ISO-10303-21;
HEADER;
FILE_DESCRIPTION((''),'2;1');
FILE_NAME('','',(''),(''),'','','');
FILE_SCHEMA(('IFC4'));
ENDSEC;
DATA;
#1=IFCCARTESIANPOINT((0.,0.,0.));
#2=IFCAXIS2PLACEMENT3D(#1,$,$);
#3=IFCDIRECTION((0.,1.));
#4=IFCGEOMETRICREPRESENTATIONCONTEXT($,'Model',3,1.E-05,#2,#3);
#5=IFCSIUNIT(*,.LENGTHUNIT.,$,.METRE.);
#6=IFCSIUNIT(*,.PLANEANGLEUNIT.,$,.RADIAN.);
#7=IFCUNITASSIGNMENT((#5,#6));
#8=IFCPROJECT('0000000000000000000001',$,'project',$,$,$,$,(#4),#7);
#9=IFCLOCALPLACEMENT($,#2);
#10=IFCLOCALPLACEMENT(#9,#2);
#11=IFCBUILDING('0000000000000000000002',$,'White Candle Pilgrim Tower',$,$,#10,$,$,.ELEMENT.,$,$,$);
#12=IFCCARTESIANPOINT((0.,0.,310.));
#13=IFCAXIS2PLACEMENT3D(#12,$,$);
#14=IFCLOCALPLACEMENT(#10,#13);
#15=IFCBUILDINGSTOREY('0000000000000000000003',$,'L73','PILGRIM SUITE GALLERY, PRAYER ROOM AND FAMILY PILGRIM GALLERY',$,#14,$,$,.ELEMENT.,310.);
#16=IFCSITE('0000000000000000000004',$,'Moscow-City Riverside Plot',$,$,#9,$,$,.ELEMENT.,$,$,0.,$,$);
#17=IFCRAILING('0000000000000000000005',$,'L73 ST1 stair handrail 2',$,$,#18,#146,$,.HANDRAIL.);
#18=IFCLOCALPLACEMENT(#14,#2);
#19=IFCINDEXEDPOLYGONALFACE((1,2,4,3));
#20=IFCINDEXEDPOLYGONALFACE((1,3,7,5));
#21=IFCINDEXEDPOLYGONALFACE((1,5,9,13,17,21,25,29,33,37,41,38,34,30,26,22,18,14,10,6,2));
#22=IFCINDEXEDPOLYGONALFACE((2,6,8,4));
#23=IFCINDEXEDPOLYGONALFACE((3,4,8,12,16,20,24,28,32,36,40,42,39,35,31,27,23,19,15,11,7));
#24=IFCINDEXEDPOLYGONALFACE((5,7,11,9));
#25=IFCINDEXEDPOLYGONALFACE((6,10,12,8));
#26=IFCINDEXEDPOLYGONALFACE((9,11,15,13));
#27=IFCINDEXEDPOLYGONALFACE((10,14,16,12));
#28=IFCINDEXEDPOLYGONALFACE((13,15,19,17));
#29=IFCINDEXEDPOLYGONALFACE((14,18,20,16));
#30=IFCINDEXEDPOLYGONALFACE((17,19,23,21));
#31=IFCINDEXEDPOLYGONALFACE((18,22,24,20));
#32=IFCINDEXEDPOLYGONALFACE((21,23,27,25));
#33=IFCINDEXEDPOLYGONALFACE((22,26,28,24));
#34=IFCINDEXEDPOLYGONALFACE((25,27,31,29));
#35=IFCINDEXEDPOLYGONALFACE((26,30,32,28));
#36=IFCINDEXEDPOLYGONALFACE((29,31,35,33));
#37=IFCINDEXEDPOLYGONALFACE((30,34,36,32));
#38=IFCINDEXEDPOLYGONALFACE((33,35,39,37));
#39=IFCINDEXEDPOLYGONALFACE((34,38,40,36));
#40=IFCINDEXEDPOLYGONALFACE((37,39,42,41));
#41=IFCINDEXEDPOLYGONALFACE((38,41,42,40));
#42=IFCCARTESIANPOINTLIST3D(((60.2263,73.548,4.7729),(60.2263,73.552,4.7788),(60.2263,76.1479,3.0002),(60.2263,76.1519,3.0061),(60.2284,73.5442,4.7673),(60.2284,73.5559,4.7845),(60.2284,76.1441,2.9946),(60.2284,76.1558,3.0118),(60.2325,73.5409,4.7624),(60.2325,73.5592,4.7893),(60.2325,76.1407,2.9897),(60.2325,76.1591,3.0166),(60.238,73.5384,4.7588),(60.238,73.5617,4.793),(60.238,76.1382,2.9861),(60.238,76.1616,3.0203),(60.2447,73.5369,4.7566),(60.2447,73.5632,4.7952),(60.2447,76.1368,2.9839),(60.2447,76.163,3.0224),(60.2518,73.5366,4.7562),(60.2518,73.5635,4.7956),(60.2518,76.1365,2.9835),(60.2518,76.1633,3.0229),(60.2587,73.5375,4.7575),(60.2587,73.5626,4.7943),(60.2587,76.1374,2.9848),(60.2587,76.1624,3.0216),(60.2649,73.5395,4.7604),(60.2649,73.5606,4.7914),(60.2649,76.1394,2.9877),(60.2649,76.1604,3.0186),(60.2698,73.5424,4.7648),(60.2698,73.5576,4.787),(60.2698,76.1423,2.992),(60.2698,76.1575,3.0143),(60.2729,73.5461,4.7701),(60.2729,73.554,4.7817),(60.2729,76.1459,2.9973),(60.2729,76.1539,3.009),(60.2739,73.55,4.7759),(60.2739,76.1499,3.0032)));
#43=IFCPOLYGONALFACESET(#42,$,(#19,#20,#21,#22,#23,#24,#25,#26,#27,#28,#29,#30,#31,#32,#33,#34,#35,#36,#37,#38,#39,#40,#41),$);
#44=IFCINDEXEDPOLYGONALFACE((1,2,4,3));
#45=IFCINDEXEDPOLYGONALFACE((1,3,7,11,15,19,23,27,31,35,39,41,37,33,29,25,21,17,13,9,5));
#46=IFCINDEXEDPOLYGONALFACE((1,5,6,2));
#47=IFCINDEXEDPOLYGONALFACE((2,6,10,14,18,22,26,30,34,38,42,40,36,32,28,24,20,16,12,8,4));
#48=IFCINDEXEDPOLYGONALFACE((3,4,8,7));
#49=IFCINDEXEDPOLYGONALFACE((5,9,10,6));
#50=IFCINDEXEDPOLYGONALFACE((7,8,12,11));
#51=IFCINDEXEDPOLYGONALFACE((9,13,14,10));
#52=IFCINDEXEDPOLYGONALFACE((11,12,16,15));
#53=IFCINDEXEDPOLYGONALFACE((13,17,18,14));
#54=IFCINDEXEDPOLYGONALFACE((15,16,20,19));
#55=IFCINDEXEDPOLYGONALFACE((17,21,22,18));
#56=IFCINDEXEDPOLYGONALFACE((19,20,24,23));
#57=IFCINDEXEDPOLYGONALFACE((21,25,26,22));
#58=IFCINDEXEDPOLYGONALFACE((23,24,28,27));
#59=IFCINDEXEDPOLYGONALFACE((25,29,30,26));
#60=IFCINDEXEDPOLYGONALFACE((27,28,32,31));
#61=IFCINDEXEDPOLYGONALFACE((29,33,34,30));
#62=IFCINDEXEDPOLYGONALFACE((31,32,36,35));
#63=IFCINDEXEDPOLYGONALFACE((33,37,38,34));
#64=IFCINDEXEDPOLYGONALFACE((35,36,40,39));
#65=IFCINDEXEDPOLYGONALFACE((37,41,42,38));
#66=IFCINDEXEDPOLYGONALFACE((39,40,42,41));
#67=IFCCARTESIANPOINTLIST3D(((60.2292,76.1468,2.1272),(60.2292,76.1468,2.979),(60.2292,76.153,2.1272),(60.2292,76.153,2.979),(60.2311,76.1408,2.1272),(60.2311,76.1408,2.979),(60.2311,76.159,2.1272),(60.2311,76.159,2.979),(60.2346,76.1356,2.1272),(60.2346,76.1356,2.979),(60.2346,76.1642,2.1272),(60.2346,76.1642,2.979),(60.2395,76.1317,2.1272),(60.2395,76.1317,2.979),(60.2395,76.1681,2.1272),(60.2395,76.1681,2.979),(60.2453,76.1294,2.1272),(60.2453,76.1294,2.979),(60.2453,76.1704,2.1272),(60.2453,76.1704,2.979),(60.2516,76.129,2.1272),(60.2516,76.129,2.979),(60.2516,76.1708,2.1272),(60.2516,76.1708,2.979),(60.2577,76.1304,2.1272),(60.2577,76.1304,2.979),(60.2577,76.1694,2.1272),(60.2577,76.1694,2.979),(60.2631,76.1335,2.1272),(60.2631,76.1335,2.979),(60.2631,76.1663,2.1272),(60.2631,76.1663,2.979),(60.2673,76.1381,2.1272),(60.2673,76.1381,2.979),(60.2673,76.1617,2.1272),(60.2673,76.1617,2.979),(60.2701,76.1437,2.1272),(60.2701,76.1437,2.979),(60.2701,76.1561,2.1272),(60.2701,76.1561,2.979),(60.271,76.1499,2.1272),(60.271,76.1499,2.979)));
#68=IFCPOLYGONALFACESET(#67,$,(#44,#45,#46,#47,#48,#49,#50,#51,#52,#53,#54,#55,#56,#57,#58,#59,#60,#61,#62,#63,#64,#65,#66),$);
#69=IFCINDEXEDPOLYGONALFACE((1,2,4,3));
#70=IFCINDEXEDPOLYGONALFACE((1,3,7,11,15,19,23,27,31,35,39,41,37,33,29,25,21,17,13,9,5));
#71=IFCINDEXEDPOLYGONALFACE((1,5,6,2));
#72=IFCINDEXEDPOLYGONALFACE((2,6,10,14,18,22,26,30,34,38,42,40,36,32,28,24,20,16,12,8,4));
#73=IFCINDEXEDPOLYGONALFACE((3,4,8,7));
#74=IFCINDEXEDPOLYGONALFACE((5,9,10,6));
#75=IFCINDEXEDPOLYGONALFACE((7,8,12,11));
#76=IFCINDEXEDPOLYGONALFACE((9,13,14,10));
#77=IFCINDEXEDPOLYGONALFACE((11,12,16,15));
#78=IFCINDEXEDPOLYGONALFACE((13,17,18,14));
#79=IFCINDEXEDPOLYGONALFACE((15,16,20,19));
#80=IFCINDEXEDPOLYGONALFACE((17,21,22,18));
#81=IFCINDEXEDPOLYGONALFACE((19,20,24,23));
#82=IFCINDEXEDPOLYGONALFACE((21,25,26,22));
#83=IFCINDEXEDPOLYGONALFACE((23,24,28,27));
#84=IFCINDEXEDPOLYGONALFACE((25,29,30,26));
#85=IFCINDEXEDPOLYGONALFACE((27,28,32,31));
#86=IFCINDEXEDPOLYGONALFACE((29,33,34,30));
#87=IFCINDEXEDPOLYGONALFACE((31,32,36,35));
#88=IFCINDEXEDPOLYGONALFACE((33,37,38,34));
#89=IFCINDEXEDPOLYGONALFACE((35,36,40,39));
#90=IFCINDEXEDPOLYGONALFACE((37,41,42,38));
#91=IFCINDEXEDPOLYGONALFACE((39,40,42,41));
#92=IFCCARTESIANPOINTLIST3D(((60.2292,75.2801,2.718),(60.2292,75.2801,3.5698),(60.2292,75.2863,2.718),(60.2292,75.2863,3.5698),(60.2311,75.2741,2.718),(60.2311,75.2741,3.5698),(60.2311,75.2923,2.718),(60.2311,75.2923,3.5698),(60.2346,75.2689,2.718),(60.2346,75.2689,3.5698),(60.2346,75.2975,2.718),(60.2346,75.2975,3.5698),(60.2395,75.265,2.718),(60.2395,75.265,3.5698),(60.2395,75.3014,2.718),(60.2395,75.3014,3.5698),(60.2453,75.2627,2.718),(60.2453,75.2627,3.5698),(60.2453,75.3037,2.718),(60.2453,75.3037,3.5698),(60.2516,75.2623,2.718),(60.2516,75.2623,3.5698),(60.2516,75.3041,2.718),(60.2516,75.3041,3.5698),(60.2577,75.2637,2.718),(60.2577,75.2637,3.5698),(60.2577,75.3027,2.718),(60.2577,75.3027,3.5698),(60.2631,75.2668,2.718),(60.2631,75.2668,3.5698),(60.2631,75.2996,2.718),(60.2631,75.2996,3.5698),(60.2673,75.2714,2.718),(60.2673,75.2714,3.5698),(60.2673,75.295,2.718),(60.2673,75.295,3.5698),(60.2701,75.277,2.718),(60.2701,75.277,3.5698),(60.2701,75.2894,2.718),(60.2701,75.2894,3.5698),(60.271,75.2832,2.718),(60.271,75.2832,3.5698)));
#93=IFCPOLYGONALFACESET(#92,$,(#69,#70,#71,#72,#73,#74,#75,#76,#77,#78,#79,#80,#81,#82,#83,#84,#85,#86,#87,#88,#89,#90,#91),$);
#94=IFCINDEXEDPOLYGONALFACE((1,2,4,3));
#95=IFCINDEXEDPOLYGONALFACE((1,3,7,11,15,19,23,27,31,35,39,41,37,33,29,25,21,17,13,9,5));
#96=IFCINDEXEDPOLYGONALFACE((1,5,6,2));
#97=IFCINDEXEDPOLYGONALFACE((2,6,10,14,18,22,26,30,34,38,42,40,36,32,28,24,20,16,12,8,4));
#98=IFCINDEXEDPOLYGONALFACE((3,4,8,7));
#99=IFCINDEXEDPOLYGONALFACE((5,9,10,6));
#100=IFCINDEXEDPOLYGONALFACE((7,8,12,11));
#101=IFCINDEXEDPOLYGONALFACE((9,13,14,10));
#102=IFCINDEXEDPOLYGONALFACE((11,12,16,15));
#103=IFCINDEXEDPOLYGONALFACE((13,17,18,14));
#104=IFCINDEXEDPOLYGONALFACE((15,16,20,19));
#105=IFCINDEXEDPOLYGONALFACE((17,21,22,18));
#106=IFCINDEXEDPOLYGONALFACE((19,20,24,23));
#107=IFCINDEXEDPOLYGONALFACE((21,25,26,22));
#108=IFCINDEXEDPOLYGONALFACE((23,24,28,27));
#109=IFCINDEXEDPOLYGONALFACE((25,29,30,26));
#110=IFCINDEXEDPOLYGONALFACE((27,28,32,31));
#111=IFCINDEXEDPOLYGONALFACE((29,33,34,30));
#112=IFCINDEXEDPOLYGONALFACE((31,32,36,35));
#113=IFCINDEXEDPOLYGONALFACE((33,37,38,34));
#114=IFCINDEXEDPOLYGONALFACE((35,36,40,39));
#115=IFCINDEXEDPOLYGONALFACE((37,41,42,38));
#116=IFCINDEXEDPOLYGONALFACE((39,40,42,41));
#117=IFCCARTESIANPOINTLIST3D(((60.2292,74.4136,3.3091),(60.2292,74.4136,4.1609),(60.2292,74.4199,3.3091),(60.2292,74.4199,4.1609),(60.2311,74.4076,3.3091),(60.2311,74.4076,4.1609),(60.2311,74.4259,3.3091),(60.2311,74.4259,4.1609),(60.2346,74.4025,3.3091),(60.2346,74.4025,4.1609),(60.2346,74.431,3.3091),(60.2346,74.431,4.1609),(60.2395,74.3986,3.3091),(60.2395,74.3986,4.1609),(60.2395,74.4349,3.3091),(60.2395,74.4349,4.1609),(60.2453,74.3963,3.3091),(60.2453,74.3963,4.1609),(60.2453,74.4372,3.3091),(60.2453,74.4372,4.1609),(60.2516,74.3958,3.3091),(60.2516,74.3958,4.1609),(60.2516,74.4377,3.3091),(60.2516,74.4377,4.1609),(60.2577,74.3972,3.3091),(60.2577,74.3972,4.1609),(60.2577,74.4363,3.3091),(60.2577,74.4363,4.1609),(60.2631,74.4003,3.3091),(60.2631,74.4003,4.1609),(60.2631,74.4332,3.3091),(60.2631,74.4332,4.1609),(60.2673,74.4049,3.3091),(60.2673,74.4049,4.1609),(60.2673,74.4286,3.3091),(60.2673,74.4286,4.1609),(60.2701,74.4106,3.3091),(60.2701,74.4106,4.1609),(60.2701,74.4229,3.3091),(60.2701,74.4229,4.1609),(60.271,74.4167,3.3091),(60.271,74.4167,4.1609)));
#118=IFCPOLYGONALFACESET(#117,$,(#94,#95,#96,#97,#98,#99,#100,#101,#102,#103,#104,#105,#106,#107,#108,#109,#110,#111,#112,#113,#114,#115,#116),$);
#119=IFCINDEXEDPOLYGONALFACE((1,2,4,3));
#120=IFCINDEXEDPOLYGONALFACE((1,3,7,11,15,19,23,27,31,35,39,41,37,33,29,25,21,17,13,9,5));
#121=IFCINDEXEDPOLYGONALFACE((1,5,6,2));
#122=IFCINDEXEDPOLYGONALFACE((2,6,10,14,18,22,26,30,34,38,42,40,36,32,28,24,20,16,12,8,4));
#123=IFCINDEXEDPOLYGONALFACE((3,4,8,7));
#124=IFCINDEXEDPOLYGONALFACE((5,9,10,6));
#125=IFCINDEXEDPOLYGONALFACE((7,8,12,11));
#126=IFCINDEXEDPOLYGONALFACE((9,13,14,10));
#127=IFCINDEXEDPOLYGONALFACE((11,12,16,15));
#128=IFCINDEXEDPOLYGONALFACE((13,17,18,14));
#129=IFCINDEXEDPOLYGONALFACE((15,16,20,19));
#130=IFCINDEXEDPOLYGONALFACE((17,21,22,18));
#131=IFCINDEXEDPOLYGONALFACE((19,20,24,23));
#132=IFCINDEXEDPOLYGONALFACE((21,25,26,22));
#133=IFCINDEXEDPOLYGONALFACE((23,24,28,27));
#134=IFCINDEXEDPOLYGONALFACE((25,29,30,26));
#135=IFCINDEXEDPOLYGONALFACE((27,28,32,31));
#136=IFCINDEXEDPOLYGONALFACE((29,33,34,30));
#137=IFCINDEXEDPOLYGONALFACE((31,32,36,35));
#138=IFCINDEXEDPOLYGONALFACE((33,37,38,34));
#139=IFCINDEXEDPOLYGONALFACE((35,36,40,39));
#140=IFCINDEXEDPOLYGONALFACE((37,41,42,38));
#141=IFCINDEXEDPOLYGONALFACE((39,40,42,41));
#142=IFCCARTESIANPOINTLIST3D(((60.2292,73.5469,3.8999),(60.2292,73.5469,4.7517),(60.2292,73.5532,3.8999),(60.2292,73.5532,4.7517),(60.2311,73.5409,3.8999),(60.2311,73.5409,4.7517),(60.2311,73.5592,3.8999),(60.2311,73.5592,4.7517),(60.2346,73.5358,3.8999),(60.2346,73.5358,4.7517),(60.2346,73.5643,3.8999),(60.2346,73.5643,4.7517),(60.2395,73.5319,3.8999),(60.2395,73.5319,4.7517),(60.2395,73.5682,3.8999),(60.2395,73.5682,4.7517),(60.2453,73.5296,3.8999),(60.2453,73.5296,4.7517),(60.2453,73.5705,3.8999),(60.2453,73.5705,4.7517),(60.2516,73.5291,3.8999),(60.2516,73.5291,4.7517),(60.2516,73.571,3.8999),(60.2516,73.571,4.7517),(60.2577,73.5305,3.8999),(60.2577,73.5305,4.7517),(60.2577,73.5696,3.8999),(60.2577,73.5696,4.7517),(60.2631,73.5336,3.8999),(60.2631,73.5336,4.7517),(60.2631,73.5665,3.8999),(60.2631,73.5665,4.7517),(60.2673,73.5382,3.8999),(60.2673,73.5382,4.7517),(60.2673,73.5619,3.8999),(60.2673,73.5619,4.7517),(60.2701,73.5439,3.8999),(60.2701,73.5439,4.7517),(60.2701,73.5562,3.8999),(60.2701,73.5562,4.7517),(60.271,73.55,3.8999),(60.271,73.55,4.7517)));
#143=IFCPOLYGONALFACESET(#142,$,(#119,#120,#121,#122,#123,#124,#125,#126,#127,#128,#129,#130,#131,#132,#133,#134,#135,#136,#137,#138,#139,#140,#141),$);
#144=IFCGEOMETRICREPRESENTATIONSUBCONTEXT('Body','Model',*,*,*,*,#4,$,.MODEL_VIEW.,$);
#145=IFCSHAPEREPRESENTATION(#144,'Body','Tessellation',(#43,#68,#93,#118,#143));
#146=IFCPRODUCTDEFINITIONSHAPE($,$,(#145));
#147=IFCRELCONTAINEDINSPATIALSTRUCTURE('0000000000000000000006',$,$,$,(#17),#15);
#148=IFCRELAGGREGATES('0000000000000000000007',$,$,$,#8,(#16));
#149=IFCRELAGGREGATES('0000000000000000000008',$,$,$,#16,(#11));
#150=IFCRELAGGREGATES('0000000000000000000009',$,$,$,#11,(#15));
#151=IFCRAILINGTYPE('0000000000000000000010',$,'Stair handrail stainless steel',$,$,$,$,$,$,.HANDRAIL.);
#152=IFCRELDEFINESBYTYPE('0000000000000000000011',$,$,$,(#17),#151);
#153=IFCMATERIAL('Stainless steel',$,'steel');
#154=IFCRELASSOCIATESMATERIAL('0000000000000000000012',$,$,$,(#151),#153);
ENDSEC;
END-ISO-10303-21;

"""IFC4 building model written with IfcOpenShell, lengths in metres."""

from ifc_helpers import new_model, si_unit, direction, frame, origin, origin_2d, place, context, subcontext, project, spatial, circle, extrude, material, type_object, element, save


model = new_model("IFC4")

# Units and contexts
model_context = context("Model", 3, precision=1e-05, world=origin(), true_north=direction((0.0, 1.0)))
body_context = subcontext(model_context, "Body", "Model", "MODEL_VIEW")
ifc_project = project(units=[si_unit("LENGTHUNIT", "METRE"), si_unit("PLANEANGLEUNIT", "RADIAN")], contexts=[model_context])

# Site, building, storey
site_placement = place(None, origin())
site = spatial("IfcSite", under=ifc_project, at=site_placement, Name="Moscow-City Riverside Plot", CompositionType="ELEMENT", RefElevation=0.0)
building_placement = place(site_placement, origin())
building = spatial("IfcBuilding", under=site, at=building_placement, Name="White Candle Pilgrim Tower", CompositionType="ELEMENT")
storey_placement = place(building_placement, frame((0.0, 0.0, 310.0)))
storey = spatial("IfcBuildingStorey", under=building, at=storey_placement, Name="L73", Description="PILGRIM SUITE GALLERY, PRAYER ROOM AND FAMILY PILGRIM GALLERY", CompositionType="ELEMENT", Elevation=310.0)

# Railing
ifc_material_1 = material(Name="Stainless steel", Category="steel")
railing_type_1 = type_object("IfcRailingType", Name="Stair handrail stainless steel", PredefinedType="HANDRAIL", material=ifc_material_1)
railing_1_placement = place(storey_placement, frame((60.25, 76.1499, 2.1272)))
element("IfcRailing", 1, at=railing_1_placement, inside=storey, type_object=railing_type_1, Name="L73 ST1 stair handrail 2", PredefinedType="HANDRAIL", context=body_context, shape_type="SweptSolid", body=[
    extrude(circle(Radius=0.0239, at=origin_2d()), frame((0.0, 0.0, 0.876), z_axis=(0.0, -0.826216, 0.563354), x_axis=(1.0, 0.0, 0.0)), (0.0, 0.0, 1.0), 3.1467),
    extrude(circle(Radius=0.021, at=origin_2d()), origin(), (0.0, 0.0, 1.0), 0.8518),
    extrude(circle(Radius=0.021, at=origin_2d()), frame((0.0, -0.8667, 0.5908)), (0.0, 0.0, 1.0), 0.8518),
    extrude(circle(Radius=0.021, at=origin_2d()), frame((0.0, -1.7332, 1.1819)), (0.0, 0.0, 1.0), 0.8518),
    extrude(circle(Radius=0.021, at=origin_2d()), frame((0.0, -2.5999, 1.7727)), (0.0, 0.0, 1.0), 0.8518),
])

save(model, "model.ifc")
